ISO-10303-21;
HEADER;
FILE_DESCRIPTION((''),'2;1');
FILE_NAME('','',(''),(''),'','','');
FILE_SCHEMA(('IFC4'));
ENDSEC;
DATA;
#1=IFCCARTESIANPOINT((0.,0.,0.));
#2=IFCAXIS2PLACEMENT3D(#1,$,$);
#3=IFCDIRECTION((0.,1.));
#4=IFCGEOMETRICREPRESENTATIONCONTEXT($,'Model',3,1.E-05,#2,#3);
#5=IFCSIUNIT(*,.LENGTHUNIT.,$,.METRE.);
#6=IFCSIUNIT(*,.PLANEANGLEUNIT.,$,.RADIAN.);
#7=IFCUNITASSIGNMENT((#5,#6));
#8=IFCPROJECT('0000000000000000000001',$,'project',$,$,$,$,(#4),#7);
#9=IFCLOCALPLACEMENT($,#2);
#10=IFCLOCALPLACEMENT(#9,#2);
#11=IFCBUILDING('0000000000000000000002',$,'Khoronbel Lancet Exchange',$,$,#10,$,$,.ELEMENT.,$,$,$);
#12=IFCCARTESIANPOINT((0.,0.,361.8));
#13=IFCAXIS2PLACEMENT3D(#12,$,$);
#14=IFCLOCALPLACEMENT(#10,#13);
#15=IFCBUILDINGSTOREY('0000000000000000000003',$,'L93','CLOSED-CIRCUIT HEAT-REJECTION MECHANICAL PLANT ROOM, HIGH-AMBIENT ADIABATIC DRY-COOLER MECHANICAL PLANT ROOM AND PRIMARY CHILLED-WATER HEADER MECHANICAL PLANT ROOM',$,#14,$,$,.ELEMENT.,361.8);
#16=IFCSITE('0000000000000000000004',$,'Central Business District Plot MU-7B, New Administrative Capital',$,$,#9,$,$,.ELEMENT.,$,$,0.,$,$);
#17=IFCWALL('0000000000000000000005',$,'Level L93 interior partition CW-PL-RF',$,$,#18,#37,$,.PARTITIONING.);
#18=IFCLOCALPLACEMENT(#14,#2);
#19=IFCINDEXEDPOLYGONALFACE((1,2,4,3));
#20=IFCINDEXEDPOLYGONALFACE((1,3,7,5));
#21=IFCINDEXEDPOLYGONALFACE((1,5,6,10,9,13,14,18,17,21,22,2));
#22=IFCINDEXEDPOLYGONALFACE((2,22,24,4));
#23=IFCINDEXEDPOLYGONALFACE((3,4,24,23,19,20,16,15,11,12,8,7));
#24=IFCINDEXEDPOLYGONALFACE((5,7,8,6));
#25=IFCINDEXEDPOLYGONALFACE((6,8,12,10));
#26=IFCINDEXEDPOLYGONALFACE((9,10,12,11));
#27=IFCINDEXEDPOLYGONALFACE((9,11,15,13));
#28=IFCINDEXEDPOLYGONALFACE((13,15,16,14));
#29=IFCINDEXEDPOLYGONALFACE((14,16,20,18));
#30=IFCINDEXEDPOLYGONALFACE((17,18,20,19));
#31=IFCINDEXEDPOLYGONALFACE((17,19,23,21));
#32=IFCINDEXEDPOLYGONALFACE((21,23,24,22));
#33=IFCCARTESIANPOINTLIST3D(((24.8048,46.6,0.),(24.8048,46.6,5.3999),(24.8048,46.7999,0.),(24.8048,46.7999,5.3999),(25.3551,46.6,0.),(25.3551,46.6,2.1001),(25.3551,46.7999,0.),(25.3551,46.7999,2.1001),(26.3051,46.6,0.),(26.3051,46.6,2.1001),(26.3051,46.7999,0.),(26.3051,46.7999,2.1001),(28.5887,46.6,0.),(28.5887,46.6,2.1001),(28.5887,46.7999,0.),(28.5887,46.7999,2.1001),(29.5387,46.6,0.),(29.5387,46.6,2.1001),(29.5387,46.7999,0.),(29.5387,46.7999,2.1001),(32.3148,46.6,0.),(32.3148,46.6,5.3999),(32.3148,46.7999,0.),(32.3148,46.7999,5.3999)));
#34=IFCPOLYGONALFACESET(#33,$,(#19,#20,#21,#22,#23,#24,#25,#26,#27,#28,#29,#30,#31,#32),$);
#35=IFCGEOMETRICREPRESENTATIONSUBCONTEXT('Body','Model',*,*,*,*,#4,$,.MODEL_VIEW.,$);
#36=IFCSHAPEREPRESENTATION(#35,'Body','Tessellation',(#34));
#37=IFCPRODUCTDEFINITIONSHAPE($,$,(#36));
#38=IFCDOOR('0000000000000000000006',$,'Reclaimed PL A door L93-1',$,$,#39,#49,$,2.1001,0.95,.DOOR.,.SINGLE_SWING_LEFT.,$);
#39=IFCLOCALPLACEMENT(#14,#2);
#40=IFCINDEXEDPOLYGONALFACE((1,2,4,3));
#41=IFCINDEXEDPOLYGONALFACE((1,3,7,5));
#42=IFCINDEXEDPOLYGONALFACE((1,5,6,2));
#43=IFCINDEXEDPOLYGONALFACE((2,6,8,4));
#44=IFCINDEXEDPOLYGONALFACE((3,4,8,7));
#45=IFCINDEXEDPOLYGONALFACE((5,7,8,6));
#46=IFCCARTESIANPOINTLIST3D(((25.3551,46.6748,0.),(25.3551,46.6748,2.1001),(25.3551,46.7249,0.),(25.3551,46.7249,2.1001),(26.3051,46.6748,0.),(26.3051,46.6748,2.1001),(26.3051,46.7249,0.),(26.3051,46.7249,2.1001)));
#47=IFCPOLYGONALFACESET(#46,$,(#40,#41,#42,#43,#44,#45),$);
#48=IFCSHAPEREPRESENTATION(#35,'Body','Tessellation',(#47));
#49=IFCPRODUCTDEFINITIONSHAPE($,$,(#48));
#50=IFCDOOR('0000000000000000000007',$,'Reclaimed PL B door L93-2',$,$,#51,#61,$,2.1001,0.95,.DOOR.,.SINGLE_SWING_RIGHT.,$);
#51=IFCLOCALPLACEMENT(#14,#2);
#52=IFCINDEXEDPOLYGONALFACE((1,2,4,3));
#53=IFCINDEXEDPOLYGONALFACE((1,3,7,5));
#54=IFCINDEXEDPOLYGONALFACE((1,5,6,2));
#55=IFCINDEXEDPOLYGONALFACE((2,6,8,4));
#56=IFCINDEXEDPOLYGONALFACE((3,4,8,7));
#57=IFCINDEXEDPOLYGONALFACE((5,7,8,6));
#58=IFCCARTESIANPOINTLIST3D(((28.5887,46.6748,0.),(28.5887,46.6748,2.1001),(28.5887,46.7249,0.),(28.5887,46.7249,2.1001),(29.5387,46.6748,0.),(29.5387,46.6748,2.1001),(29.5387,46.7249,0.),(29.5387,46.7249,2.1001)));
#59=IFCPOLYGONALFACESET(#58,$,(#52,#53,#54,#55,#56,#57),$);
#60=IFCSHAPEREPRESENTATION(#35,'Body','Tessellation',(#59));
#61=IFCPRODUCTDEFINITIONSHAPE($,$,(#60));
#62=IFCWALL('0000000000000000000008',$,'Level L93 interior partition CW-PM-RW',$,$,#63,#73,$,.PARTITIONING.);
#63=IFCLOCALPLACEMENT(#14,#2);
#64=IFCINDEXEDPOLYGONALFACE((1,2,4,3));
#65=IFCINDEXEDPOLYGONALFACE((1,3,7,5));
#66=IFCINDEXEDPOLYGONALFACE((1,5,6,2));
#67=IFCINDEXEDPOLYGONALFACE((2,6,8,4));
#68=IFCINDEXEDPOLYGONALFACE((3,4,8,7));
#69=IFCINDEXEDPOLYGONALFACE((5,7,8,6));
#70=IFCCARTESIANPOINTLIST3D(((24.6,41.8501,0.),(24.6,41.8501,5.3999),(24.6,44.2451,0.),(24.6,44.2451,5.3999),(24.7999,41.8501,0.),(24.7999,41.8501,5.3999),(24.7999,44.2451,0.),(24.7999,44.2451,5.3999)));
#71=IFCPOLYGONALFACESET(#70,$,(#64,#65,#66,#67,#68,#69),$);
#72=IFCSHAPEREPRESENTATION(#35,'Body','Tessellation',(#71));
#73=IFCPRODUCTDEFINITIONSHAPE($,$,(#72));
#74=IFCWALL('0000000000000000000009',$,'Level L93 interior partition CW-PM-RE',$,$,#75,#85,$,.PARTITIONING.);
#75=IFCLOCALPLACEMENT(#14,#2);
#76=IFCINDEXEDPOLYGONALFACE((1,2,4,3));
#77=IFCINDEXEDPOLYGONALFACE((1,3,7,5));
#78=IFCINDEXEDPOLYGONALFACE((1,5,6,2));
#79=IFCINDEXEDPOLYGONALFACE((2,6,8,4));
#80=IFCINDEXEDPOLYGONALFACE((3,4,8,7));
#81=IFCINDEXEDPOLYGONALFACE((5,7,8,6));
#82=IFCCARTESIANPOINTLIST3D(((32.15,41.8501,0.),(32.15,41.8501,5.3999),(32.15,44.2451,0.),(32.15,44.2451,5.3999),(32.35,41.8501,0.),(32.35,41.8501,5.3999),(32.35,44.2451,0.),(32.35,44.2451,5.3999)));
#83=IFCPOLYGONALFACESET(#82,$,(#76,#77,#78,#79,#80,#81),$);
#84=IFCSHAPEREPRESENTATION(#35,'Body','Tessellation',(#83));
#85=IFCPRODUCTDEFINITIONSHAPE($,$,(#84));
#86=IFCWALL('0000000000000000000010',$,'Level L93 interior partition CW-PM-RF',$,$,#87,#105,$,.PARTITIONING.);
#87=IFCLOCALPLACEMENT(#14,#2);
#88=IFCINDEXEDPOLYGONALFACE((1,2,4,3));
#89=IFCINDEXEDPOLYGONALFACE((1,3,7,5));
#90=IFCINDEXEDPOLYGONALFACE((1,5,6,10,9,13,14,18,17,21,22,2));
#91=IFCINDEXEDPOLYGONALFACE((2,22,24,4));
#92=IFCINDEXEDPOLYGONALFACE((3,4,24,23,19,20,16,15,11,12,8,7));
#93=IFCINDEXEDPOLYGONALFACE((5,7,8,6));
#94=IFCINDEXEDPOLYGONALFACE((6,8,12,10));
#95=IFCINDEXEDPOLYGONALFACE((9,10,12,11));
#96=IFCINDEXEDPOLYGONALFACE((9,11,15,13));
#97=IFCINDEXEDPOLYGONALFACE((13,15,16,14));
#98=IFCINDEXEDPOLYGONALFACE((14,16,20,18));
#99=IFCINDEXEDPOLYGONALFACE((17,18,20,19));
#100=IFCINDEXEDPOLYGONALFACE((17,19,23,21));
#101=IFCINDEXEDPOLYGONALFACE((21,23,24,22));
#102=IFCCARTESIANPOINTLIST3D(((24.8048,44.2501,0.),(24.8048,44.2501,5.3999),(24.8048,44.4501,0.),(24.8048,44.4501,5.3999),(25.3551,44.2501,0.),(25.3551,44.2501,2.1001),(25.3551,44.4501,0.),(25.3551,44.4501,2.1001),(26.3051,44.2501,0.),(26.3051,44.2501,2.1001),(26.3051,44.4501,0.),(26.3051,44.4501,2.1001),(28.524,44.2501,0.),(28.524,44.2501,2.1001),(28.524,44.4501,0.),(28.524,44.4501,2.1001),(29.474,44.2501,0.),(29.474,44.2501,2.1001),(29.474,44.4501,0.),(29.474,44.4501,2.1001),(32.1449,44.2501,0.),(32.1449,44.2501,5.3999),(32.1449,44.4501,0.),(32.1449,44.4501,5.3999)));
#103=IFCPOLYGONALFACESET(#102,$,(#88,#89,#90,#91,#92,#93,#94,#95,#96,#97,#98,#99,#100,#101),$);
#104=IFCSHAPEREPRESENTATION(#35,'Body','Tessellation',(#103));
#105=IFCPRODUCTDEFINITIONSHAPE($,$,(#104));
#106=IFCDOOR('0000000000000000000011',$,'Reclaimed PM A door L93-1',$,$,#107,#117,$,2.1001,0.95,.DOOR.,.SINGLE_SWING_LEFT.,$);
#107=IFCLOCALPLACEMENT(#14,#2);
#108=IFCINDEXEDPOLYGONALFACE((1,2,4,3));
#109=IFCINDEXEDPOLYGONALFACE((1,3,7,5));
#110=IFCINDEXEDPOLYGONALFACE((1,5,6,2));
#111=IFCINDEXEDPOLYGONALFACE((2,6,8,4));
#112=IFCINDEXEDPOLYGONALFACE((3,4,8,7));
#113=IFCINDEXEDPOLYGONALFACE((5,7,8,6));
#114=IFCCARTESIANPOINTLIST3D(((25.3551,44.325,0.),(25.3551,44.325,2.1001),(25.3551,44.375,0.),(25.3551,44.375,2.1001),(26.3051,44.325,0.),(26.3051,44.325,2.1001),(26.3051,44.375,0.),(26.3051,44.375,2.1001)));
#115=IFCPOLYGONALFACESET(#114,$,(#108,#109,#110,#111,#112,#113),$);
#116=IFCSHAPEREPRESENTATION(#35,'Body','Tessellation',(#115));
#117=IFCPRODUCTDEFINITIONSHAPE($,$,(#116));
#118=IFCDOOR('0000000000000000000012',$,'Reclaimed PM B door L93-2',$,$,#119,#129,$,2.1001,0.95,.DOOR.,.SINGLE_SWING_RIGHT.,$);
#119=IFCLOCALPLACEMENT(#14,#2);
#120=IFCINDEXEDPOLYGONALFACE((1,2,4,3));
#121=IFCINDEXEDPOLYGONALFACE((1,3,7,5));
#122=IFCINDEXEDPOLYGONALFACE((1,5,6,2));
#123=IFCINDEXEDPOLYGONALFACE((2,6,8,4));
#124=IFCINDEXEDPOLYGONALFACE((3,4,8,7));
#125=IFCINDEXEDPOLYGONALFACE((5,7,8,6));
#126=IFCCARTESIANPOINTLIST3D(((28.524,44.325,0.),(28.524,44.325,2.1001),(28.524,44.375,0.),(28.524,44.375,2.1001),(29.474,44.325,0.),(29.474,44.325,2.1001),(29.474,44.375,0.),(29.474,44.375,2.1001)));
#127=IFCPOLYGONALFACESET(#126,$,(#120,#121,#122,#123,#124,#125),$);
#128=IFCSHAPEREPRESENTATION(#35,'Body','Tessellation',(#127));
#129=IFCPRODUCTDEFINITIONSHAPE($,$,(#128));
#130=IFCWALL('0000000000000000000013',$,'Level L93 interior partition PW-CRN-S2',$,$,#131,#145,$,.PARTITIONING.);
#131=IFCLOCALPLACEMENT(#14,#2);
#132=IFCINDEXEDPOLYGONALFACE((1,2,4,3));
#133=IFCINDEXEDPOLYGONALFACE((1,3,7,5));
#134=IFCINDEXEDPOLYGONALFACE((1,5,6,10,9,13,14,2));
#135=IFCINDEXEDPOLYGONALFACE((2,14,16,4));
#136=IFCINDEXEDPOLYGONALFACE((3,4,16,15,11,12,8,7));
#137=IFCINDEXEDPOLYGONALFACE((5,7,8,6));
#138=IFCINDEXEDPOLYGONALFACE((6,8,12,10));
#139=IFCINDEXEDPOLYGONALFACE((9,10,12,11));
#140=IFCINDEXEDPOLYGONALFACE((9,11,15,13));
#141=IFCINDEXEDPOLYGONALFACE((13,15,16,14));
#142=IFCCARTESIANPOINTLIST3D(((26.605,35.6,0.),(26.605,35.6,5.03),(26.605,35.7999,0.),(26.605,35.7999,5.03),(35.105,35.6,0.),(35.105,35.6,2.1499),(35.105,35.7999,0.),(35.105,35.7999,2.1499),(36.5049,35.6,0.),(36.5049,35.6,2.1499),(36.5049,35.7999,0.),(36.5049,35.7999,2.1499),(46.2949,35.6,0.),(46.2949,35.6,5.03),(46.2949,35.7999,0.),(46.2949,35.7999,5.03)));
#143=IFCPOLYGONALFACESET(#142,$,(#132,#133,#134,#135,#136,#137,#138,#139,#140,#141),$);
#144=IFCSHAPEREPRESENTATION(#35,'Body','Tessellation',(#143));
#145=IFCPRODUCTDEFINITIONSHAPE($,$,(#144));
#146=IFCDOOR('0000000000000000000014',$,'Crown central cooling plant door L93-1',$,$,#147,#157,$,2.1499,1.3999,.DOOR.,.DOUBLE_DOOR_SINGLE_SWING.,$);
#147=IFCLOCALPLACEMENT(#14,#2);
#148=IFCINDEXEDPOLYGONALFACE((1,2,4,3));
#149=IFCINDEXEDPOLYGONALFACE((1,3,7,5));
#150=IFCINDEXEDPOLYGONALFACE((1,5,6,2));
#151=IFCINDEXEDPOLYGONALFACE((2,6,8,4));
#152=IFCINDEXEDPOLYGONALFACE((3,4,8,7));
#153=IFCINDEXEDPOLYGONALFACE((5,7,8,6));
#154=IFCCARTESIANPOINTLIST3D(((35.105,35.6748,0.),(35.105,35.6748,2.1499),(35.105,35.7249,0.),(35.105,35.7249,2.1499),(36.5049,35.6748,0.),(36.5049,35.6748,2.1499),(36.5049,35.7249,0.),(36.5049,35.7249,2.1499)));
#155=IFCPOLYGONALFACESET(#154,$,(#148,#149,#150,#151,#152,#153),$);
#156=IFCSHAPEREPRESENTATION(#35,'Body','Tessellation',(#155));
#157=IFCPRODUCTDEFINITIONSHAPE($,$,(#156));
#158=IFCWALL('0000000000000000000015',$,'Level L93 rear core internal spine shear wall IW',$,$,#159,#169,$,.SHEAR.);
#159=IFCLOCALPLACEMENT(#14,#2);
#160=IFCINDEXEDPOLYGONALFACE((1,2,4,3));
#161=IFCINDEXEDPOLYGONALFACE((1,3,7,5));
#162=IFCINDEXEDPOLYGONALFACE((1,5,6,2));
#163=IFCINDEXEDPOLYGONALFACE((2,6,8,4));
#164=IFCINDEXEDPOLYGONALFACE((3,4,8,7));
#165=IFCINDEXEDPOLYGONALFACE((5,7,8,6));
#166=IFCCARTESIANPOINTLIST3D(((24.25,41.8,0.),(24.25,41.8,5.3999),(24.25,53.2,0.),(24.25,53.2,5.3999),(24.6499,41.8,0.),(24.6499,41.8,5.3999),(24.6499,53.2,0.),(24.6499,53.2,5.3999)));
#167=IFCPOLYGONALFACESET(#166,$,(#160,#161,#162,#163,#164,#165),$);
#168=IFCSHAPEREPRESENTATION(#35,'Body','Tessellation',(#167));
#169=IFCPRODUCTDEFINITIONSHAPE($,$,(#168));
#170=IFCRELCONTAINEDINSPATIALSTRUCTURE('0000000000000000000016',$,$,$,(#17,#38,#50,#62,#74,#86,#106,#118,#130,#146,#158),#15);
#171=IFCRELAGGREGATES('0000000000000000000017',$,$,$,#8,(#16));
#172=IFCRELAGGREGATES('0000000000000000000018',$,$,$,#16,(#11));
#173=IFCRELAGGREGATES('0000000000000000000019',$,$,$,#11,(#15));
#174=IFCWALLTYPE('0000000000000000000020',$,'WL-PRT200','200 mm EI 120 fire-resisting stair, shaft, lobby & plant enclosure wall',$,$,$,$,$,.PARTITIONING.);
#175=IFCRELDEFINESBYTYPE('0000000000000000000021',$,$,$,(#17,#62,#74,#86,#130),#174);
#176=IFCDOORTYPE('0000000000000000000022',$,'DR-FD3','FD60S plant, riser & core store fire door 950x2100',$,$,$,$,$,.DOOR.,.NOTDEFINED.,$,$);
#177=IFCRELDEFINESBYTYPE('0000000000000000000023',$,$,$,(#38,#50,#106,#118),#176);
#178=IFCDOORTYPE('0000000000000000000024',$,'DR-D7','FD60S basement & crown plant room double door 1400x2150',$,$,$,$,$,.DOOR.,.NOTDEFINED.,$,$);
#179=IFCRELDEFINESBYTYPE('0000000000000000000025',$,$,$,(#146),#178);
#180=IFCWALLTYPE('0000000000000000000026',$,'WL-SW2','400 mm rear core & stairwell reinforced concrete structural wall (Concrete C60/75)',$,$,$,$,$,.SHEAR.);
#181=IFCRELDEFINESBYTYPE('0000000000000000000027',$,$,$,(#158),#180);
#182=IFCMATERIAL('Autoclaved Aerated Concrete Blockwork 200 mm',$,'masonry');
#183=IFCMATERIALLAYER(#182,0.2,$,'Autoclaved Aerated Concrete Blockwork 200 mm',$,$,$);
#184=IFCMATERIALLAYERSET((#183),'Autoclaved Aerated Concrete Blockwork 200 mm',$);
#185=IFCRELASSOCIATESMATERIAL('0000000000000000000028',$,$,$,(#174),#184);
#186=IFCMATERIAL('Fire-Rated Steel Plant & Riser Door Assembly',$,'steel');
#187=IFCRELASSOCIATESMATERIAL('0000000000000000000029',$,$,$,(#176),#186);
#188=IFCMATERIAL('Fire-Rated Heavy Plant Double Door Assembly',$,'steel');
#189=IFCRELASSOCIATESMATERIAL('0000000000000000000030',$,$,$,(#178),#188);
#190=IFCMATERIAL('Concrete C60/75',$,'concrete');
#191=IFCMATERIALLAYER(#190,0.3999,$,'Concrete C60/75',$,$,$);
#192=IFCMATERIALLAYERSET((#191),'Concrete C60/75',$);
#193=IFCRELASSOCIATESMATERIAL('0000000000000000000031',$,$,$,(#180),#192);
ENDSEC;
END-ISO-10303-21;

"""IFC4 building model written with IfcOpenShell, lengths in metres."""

from ifc_helpers import new_model, si_unit, direction, frame, frame_2d, origin, place, context, subcontext, project, spatial, rectangle, extrude, material, layer, layer_set, type_object, element, fill, save


model = new_model("IFC4")

# Units and contexts
model_context = context("Model", 3, precision=1e-05, world=origin(), true_north=direction((0.0, 1.0)))
body_context = subcontext(model_context, "Body", "Model", "MODEL_VIEW")
ifc_project = project(units=[si_unit("LENGTHUNIT", "METRE"), si_unit("PLANEANGLEUNIT", "RADIAN")], contexts=[model_context])

# Site, building, storey
site_placement = place(None, origin())
site = spatial("IfcSite", under=ifc_project, at=site_placement, Name="Central Business District Plot MU-7B, New Administrative Capital", CompositionType="ELEMENT", RefElevation=0.0)
building_placement = place(site_placement, origin())
building = spatial("IfcBuilding", under=site, at=building_placement, Name="Khoronbel Lancet Exchange", CompositionType="ELEMENT")
storey_placement = place(building_placement, frame((0.0, 0.0, 361.8)))
storey = spatial("IfcBuildingStorey", under=building, at=storey_placement, Name="L93", Description="CLOSED-CIRCUIT HEAT-REJECTION MECHANICAL PLANT ROOM, HIGH-AMBIENT ADIABATIC DRY-COOLER MECHANICAL PLANT ROOM AND PRIMARY CHILLED-WATER HEADER MECHANICAL PLANT ROOM", CompositionType="ELEMENT", Elevation=361.8)

# Shared definitions
ifc_material_1 = material(Name="Concrete C60/75", Category="concrete")

# Shared definitions
ifc_material_2 = material(Name="Autoclaved Aerated Concrete Blockwork 200 mm", Category="masonry")
ifc_layer_1 = layer(ifc_material_2, 0.2, Name="Autoclaved Aerated Concrete Blockwork 200 mm")
ifc_layer_set_1 = layer_set([ifc_layer_1], Name="Autoclaved Aerated Concrete Blockwork 200 mm")
wall_type_1 = type_object("IfcWallType", Name="WL-PRT200", Description="200 mm EI 120 fire-resisting stair, shaft, lobby & plant enclosure wall", PredefinedType="PARTITIONING", material=ifc_layer_set_1)

# Shared definitions
ifc_material_3 = material(Name="Fire-Rated Steel Plant & Riser Door Assembly", Category="steel")
door_type_1 = type_object("IfcDoorType", Name="DR-FD3", Description="FD60S plant, riser & core store fire door 950x2100", OperationType="NOTDEFINED", PredefinedType="DOOR", material=ifc_material_3)

# Wall, openings, doors
wall_1_placement = place(storey_placement, frame((24.8049, 46.7, 0.0), z_axis=(0.0, 0.0, 1.0), x_axis=(1.0, 0.0, 0.0)))
wall_1 = element("IfcWall", 1, at=wall_1_placement, inside=storey, type_object=wall_type_1, Name="Level L93 interior partition CW-PL-RF", PredefinedType="PARTITIONING", context=body_context, shape_type="SweptSolid", body=[
    extrude(rectangle(XDim=7.51, YDim=0.2, at=frame_2d((3.7549, 0.0))), origin(), (0.0, 0.0, 1.0), 5.3999),
])
opening_1_placement = place(wall_1_placement, frame((0.55, 0.0, 0.0)))
opening_1 = element("IfcOpeningElement", 2, at=opening_1_placement, cuts=wall_1, PredefinedType="OPENING", context=body_context, shape_type="SweptSolid", body=[
    extrude(rectangle(XDim=0.95, YDim=2.1001, at=frame_2d((0.4751, 1.05))), frame((0.0, 0.1099, 0.0), z_axis=(0.0, -1.0, 0.0), x_axis=(1.0, 0.0, 0.0)), (0.0, 0.0, 1.0), 0.22),
])
opening_2_placement = place(wall_1_placement, frame((3.7837, 0.0, 0.0)))
opening_2 = element("IfcOpeningElement", 3, at=opening_2_placement, cuts=wall_1, PredefinedType="OPENING", context=body_context, shape_type="SweptSolid", body=[
    extrude(rectangle(XDim=0.95, YDim=2.1001, at=frame_2d((0.4751, 1.05))), frame((0.0, 0.1099, 0.0), z_axis=(0.0, -1.0, 0.0), x_axis=(1.0, 0.0, 0.0)), (0.0, 0.0, 1.0), 0.22),
])
door_1_placement = place(opening_1_placement, origin())
door_1 = element("IfcDoor", 4, at=door_1_placement, inside=storey, type_object=door_type_1, Name="Reclaimed PL A door L93-1", OperationType="SINGLE_SWING_LEFT", OverallHeight=2.1001, OverallWidth=0.95, PredefinedType="DOOR", context=body_context, shape_type="SweptSolid", body=[
    extrude(rectangle(XDim=0.95, YDim=2.1001, at=frame_2d((0.4751, 1.05))), frame((0.0, 0.0249, 0.0), z_axis=(0.0, -1.0, 0.0), x_axis=(1.0, 0.0, 0.0)), (0.0, 0.0, 1.0), 0.05),
])
fill(opening_1, door_1)
door_2_placement = place(opening_2_placement, origin())
door_2 = element("IfcDoor", 5, at=door_2_placement, inside=storey, type_object=door_type_1, Name="Reclaimed PL B door L93-2", OperationType="SINGLE_SWING_RIGHT", OverallHeight=2.1001, OverallWidth=0.95, PredefinedType="DOOR", context=body_context, shape_type="SweptSolid", body=[
    extrude(rectangle(XDim=0.95, YDim=2.1001, at=frame_2d((0.4751, 1.05))), frame((0.0, 0.0249, 0.0), z_axis=(0.0, -1.0, 0.0), x_axis=(1.0, 0.0, 0.0)), (0.0, 0.0, 1.0), 0.05),
])
fill(opening_2, door_2)

# Walls
for number, where, z_axis, x_axis, name in (
    (6, (24.7, 41.8501, 0.0), (0.0, 0.0, 1.0), (0.0, 1.0, 0.0), "Level L93 interior partition CW-PM-RW"),
    (7, (32.25, 41.8501, 0.0), (0.0, 0.0, 1.0), (0.0, 1.0, 0.0), "Level L93 interior partition CW-PM-RE"),
):
    element("IfcWall", number, at=place(storey_placement, frame(where, z_axis=z_axis, x_axis=x_axis)), inside=storey, type_object=wall_type_1, Name=name, PredefinedType="PARTITIONING", context=body_context, shape_type="SweptSolid", body=[
        extrude(rectangle(XDim=2.395, YDim=0.2, at=frame_2d((1.1975, 0.0))), origin(), (0.0, 0.0, 1.0), 5.3999),
    ])

# Wall, openings, doors
wall_2_placement = place(storey_placement, frame((24.8049, 44.3501, 0.0), z_axis=(0.0, 0.0, 1.0), x_axis=(1.0, 0.0, 0.0)))
wall_2 = element("IfcWall", 8, at=wall_2_placement, inside=storey, type_object=wall_type_1, Name="Level L93 interior partition CW-PM-RF", PredefinedType="PARTITIONING", context=body_context, shape_type="SweptSolid", body=[
    extrude(rectangle(XDim=7.3401, YDim=0.2, at=frame_2d((3.6699, 0.0))), origin(), (0.0, 0.0, 1.0), 5.3999),
])
opening_3_placement = place(wall_2_placement, frame((0.55, 0.0, 0.0)))
opening_3 = element("IfcOpeningElement", 9, at=opening_3_placement, cuts=wall_2, PredefinedType="OPENING", context=body_context, shape_type="SweptSolid", body=[
    extrude(rectangle(XDim=0.95, YDim=2.1001, at=frame_2d((0.4751, 1.05))), frame((0.0, 0.1099, 0.0), z_axis=(0.0, -1.0, 0.0), x_axis=(1.0, 0.0, 0.0)), (0.0, 0.0, 1.0), 0.22),
])
opening_4_placement = place(wall_2_placement, frame((3.719, 0.0, 0.0)))
opening_4 = element("IfcOpeningElement", 10, at=opening_4_placement, cuts=wall_2, PredefinedType="OPENING", context=body_context, shape_type="SweptSolid", body=[
    extrude(rectangle(XDim=0.95, YDim=2.1001, at=frame_2d((0.4751, 1.05))), frame((0.0, 0.1099, 0.0), z_axis=(0.0, -1.0, 0.0), x_axis=(1.0, 0.0, 0.0)), (0.0, 0.0, 1.0), 0.22),
])
door_3_placement = place(opening_3_placement, origin())
door_3 = element("IfcDoor", 11, at=door_3_placement, inside=storey, type_object=door_type_1, Name="Reclaimed PM A door L93-1", OperationType="SINGLE_SWING_LEFT", OverallHeight=2.1001, OverallWidth=0.95, PredefinedType="DOOR", context=body_context, shape_type="SweptSolid", body=[
    extrude(rectangle(XDim=0.95, YDim=2.1001, at=frame_2d((0.4751, 1.05))), frame((0.0, 0.0249, 0.0), z_axis=(0.0, -1.0, 0.0), x_axis=(1.0, 0.0, 0.0)), (0.0, 0.0, 1.0), 0.05),
])
fill(opening_3, door_3)
door_4_placement = place(opening_4_placement, origin())
door_4 = element("IfcDoor", 12, at=door_4_placement, inside=storey, type_object=door_type_1, Name="Reclaimed PM B door L93-2", OperationType="SINGLE_SWING_RIGHT", OverallHeight=2.1001, OverallWidth=0.95, PredefinedType="DOOR", context=body_context, shape_type="SweptSolid", body=[
    extrude(rectangle(XDim=0.95, YDim=2.1001, at=frame_2d((0.4751, 1.05))), frame((0.0, 0.0249, 0.0), z_axis=(0.0, -1.0, 0.0), x_axis=(1.0, 0.0, 0.0)), (0.0, 0.0, 1.0), 0.05),
])
fill(opening_4, door_4)

# Wall, opening, door
wall_3_placement = place(storey_placement, frame((26.605, 35.7, 0.0), z_axis=(0.0, 0.0, 1.0), x_axis=(1.0, 0.0, 0.0)))
wall_3 = element("IfcWall", 13, at=wall_3_placement, inside=storey, type_object=wall_type_1, Name="Level L93 interior partition PW-CRN-S2", PredefinedType="PARTITIONING", context=body_context, shape_type="SweptSolid", body=[
    extrude(rectangle(XDim=19.6899, YDim=0.2, at=frame_2d((9.845, 0.0))), origin(), (0.0, 0.0, 1.0), 5.03),
])
opening_5_placement = place(wall_3_placement, frame((8.5, 0.0, 0.0)))
opening_5 = element("IfcOpeningElement", 14, at=opening_5_placement, cuts=wall_3, PredefinedType="OPENING", context=body_context, shape_type="SweptSolid", body=[
    extrude(rectangle(XDim=1.3999, YDim=2.1499, at=frame_2d((0.7, 1.075))), frame((0.0, 0.1099, 0.0), z_axis=(0.0, -1.0, 0.0), x_axis=(1.0, 0.0, 0.0)), (0.0, 0.0, 1.0), 0.22),
])
ifc_material_4 = material(Name="Fire-Rated Heavy Plant Double Door Assembly", Category="steel")
door_type_2 = type_object("IfcDoorType", Name="DR-D7", Description="FD60S basement & crown plant room double door 1400x2150", OperationType="NOTDEFINED", PredefinedType="DOOR", material=ifc_material_4)
door_5_placement = place(opening_5_placement, origin())
door_5 = element("IfcDoor", 15, at=door_5_placement, inside=storey, type_object=door_type_2, Name="Crown central cooling plant door L93-1", OperationType="DOUBLE_DOOR_SINGLE_SWING", OverallHeight=2.1499, OverallWidth=1.3999, PredefinedType="DOOR", context=body_context, shape_type="SweptSolid", body=[
    extrude(rectangle(XDim=1.3999, YDim=2.1499, at=frame_2d((0.7, 1.075))), frame((0.0, 0.0249, 0.0), z_axis=(0.0, -1.0, 0.0), x_axis=(1.0, 0.0, 0.0)), (0.0, 0.0, 1.0), 0.05),
])
fill(opening_5, door_5)

# Wall
ifc_layer_2 = layer(ifc_material_1, 0.3999, Name="Concrete C60/75")
ifc_layer_set_2 = layer_set([ifc_layer_2], Name="Concrete C60/75")
wall_type_2 = type_object("IfcWallType", Name="WL-SW2", Description="400 mm rear core & stairwell reinforced concrete structural wall (Concrete C60/75)", PredefinedType="SHEAR", material=ifc_layer_set_2)
wall_4_placement = place(storey_placement, frame((24.45, 41.8, 0.0), z_axis=(0.0, 0.0, 1.0), x_axis=(0.0, 1.0, 0.0)))
element("IfcWall", 16, at=wall_4_placement, inside=storey, type_object=wall_type_2, Name="Level L93 rear core internal spine shear wall IW", PredefinedType="SHEAR", context=body_context, shape_type="SweptSolid", body=[
    extrude(rectangle(XDim=11.3999, YDim=0.3999, at=frame_2d((5.7, 0.0))), origin(), (0.0, 0.0, 1.0), 5.3999),
])

save(model, "model.ifc")
